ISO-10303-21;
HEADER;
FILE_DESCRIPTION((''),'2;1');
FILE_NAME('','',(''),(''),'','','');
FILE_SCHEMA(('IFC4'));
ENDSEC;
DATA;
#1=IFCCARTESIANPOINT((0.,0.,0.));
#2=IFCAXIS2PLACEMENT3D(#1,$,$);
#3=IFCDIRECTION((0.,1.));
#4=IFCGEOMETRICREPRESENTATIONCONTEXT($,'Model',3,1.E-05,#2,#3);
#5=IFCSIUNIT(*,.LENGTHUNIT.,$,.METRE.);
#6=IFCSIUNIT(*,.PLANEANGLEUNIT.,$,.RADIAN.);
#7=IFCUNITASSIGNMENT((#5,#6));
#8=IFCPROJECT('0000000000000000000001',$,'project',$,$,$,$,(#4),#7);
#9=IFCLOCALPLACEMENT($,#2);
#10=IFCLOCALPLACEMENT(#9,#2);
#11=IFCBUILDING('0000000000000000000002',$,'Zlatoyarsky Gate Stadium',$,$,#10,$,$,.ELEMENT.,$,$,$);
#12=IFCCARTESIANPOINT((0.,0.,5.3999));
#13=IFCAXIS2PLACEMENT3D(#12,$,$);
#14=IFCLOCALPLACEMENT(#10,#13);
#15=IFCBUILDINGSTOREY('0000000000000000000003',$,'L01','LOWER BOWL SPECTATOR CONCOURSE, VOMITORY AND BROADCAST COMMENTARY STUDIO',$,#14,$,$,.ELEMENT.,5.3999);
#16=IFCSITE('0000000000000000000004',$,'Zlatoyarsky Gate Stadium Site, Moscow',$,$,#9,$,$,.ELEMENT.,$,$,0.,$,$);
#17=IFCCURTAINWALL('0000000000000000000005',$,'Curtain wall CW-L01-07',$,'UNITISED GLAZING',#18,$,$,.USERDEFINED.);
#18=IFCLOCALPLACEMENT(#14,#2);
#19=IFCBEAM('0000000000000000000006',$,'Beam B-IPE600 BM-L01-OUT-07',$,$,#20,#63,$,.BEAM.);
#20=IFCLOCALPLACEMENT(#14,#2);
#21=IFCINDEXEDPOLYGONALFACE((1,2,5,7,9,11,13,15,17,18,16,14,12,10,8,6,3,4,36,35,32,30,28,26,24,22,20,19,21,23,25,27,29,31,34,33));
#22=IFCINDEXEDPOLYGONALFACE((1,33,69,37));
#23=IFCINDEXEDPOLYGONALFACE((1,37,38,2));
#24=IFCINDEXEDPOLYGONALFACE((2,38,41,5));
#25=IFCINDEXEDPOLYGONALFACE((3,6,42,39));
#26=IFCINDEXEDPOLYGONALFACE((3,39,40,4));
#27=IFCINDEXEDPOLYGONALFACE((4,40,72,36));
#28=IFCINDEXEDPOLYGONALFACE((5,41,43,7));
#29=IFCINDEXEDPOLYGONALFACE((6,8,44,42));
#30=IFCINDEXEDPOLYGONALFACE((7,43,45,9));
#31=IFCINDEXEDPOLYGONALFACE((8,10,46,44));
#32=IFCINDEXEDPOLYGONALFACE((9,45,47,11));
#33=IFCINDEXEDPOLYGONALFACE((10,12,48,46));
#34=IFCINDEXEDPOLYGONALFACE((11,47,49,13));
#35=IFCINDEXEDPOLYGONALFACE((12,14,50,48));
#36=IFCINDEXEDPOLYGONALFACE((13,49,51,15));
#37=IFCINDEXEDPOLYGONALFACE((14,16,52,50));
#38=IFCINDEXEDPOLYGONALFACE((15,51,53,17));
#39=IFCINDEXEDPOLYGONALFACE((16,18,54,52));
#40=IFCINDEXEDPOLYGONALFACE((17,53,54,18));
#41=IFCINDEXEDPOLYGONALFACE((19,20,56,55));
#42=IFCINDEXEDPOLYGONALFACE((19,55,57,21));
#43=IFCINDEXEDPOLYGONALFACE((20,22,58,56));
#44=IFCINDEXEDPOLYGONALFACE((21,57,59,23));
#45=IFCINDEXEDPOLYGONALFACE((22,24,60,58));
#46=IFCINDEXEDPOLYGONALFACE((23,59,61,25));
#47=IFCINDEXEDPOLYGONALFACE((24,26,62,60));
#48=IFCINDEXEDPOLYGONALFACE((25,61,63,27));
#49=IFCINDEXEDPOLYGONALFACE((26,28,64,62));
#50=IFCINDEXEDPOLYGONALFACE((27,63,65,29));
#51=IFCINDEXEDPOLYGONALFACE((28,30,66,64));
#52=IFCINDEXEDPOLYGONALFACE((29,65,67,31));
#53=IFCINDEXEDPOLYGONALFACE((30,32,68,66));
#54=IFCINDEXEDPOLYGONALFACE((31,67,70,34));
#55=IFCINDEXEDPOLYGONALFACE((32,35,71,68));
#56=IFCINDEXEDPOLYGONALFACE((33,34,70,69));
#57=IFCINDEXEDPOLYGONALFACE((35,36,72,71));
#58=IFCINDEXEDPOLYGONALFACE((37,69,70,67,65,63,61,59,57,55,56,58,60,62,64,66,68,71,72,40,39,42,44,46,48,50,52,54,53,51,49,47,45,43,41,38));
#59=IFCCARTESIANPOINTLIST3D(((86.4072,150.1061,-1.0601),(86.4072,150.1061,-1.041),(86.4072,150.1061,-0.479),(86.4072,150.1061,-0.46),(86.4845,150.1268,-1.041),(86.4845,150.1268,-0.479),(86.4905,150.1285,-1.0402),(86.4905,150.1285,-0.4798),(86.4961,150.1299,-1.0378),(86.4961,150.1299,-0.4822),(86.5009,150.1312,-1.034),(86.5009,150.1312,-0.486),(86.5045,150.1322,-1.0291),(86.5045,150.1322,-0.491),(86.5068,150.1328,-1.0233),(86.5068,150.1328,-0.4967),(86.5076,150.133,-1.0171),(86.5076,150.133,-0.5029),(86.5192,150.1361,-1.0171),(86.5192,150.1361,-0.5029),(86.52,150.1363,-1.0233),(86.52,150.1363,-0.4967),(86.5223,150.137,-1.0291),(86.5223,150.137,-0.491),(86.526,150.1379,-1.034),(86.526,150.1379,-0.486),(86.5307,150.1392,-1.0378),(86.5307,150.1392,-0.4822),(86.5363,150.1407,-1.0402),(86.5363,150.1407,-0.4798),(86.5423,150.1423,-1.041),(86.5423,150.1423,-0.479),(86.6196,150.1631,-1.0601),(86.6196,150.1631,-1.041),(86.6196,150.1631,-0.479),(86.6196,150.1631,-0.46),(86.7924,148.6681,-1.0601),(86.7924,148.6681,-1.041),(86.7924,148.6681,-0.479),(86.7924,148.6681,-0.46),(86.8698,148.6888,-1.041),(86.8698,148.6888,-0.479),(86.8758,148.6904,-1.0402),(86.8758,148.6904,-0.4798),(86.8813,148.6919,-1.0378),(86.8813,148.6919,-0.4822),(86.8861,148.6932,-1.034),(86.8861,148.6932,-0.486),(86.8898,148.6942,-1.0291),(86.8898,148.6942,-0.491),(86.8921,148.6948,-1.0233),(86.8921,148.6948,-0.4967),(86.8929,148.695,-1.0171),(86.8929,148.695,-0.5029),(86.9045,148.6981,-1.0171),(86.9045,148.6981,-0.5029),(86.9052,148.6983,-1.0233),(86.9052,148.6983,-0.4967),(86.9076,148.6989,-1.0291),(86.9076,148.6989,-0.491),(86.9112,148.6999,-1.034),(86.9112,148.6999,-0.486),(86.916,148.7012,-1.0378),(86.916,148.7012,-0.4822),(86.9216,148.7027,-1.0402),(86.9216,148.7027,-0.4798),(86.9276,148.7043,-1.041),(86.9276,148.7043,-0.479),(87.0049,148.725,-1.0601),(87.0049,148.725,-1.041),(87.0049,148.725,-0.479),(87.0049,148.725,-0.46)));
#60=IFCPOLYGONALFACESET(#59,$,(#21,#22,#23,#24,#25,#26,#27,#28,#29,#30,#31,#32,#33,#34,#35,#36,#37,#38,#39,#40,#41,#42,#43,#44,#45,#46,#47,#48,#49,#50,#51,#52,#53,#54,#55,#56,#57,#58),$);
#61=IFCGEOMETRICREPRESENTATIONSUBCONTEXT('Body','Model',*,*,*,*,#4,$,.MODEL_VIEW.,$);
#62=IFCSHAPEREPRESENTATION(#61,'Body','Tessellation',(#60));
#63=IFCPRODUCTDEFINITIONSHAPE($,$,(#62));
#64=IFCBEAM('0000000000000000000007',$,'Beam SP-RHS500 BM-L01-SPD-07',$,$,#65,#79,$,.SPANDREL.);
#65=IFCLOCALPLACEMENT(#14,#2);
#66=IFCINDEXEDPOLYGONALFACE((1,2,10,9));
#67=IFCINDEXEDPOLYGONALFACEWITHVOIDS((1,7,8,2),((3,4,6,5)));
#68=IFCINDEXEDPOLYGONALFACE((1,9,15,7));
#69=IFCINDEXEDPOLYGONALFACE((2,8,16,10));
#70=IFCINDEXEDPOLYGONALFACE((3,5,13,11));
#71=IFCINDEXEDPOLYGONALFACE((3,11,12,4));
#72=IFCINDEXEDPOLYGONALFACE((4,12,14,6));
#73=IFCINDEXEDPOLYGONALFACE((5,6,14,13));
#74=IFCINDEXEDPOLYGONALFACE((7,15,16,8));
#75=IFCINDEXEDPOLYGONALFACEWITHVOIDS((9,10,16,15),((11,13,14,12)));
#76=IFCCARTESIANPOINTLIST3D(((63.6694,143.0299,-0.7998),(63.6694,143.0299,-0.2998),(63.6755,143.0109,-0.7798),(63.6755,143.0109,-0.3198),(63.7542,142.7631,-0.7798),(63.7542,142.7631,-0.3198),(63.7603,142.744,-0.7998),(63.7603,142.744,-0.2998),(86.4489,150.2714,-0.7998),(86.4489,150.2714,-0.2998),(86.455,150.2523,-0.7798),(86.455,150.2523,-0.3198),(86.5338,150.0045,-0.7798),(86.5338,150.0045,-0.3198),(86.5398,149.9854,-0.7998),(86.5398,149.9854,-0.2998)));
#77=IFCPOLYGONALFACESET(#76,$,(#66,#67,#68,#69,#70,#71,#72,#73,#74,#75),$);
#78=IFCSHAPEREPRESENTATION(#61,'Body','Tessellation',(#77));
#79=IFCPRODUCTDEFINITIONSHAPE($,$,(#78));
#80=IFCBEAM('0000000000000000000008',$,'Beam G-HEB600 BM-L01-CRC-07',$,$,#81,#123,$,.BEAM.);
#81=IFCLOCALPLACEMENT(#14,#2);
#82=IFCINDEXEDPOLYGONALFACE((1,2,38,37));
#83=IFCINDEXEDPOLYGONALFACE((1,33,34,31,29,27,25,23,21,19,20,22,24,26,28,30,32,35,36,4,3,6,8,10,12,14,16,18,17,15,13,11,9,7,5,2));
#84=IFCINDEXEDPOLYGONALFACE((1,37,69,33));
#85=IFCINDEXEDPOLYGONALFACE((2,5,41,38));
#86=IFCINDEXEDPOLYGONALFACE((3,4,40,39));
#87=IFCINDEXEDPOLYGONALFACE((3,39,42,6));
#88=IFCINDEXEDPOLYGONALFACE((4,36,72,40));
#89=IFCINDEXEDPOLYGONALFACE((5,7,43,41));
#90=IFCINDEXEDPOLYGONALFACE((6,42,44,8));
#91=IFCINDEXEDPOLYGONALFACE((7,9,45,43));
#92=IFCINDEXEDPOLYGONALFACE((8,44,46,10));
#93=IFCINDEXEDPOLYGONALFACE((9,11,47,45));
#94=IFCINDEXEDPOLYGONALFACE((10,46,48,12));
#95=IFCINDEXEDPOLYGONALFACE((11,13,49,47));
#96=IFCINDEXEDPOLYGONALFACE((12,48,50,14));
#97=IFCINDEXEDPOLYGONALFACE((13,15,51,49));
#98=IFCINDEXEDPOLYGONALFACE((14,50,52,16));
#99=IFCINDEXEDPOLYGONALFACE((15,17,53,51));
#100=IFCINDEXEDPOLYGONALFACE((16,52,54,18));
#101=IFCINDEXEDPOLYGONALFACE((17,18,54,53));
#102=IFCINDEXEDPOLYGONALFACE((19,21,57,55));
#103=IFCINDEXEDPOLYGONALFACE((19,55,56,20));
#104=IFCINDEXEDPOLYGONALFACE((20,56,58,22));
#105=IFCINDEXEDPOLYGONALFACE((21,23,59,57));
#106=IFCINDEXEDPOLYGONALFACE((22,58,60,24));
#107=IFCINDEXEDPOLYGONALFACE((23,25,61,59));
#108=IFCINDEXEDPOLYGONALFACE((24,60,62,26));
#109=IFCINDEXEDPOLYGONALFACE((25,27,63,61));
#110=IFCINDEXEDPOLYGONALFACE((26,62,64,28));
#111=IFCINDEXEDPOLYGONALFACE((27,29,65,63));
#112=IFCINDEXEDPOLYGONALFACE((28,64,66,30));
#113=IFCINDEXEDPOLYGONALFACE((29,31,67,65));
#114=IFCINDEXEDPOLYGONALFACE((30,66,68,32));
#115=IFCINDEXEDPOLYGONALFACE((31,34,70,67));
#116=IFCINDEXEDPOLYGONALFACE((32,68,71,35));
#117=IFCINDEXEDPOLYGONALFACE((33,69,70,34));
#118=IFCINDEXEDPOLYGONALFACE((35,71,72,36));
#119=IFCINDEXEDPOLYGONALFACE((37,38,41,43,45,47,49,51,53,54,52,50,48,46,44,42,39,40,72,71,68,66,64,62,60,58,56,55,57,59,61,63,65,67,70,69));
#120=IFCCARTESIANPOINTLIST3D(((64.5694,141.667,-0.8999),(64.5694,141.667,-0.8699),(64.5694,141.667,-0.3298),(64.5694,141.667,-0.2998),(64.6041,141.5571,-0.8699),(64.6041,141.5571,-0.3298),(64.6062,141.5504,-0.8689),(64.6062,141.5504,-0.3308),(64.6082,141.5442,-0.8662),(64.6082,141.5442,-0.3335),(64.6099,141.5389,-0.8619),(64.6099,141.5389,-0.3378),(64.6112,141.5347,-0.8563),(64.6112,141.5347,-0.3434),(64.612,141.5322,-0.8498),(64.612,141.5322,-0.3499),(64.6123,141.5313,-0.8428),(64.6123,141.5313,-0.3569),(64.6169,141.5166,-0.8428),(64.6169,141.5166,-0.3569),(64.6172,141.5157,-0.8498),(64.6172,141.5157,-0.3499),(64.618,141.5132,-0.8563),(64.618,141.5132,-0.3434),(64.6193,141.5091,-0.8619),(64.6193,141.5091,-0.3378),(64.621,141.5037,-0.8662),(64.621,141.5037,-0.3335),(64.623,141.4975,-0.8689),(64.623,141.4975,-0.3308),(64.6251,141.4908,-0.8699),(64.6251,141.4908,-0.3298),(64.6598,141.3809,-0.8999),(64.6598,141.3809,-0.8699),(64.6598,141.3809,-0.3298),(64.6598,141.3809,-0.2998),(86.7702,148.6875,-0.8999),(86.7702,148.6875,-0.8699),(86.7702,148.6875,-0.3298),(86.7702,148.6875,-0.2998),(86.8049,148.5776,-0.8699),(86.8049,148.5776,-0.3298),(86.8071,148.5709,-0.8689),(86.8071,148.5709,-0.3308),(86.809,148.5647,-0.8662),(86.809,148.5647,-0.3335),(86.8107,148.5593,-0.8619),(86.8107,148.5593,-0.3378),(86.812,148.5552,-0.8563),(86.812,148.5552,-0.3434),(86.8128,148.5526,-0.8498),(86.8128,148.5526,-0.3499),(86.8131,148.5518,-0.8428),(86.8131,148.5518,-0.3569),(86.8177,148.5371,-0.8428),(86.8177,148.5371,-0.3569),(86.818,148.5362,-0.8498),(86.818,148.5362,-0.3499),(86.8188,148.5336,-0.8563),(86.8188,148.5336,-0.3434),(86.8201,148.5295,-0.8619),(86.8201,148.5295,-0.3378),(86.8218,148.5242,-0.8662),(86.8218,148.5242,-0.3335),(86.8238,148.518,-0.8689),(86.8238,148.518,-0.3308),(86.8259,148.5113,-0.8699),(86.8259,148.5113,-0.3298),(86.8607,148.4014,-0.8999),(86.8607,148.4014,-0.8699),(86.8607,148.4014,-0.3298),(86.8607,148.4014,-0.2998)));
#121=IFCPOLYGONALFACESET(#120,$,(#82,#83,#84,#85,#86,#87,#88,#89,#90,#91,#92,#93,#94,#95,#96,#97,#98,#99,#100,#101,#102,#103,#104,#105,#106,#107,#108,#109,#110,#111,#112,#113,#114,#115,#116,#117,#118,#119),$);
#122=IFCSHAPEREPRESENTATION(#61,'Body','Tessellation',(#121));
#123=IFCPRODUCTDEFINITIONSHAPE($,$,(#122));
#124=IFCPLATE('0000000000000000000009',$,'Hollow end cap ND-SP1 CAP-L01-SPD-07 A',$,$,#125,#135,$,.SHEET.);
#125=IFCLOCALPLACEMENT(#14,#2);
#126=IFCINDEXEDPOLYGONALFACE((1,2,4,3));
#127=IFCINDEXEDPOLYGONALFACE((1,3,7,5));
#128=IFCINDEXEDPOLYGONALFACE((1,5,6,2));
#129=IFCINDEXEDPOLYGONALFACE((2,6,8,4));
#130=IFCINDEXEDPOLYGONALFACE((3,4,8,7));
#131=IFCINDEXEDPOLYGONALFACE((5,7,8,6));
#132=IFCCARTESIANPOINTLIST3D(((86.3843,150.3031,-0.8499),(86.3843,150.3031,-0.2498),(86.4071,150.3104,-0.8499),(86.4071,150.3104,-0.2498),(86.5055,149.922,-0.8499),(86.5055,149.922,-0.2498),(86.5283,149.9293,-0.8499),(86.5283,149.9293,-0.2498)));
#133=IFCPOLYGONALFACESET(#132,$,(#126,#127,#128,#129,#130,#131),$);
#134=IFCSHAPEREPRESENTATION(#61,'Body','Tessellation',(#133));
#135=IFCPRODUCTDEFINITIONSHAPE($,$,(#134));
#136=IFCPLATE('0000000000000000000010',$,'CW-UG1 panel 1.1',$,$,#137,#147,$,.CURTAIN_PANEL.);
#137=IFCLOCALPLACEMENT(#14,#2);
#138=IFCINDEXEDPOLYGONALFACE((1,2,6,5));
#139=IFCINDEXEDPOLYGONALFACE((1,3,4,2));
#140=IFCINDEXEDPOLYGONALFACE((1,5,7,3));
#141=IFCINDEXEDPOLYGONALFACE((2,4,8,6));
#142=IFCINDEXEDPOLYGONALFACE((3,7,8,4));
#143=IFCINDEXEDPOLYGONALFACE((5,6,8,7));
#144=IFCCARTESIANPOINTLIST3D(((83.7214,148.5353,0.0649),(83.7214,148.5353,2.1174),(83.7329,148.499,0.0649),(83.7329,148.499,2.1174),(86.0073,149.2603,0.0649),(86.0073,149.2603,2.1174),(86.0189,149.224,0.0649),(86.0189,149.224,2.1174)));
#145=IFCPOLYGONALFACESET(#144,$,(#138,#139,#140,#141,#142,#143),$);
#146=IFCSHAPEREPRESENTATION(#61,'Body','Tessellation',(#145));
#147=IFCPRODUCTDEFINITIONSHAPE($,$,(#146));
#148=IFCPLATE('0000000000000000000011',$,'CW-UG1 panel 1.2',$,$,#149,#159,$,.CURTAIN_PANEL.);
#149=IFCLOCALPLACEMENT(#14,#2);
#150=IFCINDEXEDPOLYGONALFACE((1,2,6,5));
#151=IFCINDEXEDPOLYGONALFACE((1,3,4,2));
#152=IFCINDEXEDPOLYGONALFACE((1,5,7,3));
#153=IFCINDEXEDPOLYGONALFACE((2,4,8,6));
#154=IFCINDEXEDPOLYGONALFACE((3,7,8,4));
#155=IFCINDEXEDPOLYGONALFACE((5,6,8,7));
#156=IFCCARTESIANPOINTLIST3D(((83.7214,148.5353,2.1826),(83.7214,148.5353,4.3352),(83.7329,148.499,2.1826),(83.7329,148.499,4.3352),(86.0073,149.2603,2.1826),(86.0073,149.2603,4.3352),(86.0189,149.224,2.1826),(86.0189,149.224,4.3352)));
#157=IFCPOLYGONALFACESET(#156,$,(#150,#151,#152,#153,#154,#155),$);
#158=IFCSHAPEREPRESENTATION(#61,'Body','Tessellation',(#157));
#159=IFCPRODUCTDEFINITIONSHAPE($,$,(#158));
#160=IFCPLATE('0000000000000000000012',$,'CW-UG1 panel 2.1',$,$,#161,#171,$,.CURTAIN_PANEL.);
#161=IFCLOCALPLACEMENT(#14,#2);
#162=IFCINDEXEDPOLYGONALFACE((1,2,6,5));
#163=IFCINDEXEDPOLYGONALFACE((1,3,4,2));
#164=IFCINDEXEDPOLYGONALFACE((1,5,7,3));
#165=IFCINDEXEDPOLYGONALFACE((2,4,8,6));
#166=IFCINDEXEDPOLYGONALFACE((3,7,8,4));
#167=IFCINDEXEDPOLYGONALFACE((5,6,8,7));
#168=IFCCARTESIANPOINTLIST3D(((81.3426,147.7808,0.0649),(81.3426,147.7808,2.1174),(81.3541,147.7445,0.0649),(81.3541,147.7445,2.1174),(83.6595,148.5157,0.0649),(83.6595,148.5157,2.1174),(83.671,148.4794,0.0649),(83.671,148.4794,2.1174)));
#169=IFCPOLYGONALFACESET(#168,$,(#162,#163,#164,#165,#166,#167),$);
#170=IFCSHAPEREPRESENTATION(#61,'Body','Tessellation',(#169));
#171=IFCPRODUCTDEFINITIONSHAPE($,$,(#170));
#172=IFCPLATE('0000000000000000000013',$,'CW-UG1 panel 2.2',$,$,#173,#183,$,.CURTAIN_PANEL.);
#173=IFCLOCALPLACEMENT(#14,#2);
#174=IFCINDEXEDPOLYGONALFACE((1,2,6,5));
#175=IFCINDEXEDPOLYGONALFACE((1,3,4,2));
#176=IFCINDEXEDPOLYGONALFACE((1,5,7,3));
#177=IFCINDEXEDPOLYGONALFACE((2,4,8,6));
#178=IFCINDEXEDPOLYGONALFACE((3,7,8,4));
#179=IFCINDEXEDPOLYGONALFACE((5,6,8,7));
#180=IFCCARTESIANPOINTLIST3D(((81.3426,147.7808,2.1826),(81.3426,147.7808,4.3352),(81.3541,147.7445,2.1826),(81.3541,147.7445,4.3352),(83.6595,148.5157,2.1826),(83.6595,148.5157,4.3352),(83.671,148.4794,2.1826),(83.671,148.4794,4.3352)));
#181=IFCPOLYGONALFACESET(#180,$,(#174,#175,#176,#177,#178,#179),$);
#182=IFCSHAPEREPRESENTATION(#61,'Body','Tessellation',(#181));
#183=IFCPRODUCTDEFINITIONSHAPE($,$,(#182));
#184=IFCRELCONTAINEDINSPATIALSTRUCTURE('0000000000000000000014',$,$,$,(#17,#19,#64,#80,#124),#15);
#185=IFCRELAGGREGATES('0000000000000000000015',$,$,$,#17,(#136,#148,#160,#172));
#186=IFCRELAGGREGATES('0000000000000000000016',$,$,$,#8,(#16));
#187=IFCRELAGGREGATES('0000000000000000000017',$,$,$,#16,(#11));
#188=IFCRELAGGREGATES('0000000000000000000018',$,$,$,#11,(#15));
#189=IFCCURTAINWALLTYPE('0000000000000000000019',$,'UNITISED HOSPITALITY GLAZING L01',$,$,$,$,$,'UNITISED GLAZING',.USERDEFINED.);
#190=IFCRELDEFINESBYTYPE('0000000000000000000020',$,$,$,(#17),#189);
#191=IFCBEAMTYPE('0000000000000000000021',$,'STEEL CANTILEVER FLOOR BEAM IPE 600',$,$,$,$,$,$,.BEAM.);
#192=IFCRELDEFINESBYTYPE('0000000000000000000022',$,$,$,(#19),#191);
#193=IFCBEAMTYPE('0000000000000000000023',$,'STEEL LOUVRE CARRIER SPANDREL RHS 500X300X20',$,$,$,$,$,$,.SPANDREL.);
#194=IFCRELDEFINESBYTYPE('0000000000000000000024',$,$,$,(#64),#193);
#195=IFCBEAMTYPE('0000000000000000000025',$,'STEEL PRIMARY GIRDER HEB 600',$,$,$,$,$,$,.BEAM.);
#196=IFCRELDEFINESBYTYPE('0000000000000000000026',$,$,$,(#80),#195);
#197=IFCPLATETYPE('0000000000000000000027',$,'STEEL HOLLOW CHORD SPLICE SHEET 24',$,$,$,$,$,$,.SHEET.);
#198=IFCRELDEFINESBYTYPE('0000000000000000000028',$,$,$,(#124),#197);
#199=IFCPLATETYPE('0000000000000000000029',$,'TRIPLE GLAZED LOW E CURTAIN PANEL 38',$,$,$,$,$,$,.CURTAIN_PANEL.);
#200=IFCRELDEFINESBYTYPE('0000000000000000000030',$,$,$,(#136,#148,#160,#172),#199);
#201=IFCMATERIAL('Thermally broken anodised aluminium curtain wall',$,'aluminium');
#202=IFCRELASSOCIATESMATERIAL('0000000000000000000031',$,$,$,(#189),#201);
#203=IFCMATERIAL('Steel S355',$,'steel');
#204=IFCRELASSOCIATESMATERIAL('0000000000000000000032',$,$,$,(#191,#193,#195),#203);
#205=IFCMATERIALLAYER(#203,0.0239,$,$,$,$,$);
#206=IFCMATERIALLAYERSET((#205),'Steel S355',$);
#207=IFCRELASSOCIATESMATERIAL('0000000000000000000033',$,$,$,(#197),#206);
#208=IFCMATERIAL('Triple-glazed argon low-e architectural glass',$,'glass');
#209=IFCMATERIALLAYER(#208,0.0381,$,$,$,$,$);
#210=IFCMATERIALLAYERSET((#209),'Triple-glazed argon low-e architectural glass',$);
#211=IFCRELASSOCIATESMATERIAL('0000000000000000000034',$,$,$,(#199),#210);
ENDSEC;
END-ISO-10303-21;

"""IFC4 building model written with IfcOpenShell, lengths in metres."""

from ifc_helpers import new_model, si_unit, direction, frame, origin, origin_2d, place, context, subcontext, project, spatial, rectangle, hollow_rectangle, i_section, extrude, material, layer, layer_set, material_profile, profile_set, type_object, element, aggregate, save


model = new_model("IFC4")

# Units and contexts
model_context = context("Model", 3, precision=1e-05, world=origin(), true_north=direction((0.0, 1.0)))
body_context = subcontext(model_context, "Body", "Model", "MODEL_VIEW")
ifc_project = project(units=[si_unit("LENGTHUNIT", "METRE"), si_unit("PLANEANGLEUNIT", "RADIAN")], contexts=[model_context])

# Site, building, storey
site_placement = place(None, origin())
site = spatial("IfcSite", under=ifc_project, at=site_placement, Name="Zlatoyarsky Gate Stadium Site, Moscow", CompositionType="ELEMENT", RefElevation=0.0)
building_placement = place(site_placement, origin())
building = spatial("IfcBuilding", under=site, at=building_placement, Name="Zlatoyarsky Gate Stadium", CompositionType="ELEMENT")
storey_placement = place(building_placement, frame((0.0, 0.0, 5.3999)))
storey = spatial("IfcBuildingStorey", under=building, at=storey_placement, Name="L01", Description="LOWER BOWL SPECTATOR CONCOURSE, VOMITORY AND BROADCAST COMMENTARY STUDIO", CompositionType="ELEMENT", Elevation=5.3999)

# Curtain wall
ifc_material_1 = material(Name="Thermally broken anodised aluminium curtain wall", Category="aluminium")
curtain_wall_type = type_object("IfcCurtainWallType", Name="UNITISED HOSPITALITY GLAZING L01", ElementType="UNITISED GLAZING", PredefinedType="USERDEFINED", material=ifc_material_1)
curtain_wall_placement = place(storey_placement, origin())
curtain_wall = element("IfcCurtainWall", 1, at=curtain_wall_placement, inside=storey, type_object=curtain_wall_type, Name="Curtain wall CW-L01-07", ObjectType="UNITISED GLAZING", PredefinedType="USERDEFINED")

# Beams
ifc_material_2 = material(Name="Steel S355", Category="steel")
ifc_material_profile_1 = material_profile(ifc_material_2, i_section(OverallWidth=0.22, OverallDepth=0.6001, WebThickness=0.012, FlangeThickness=0.019, FilletRadius=0.0239, at=origin_2d()), Name="IPE 600")
ifc_profile_set_1 = profile_set([ifc_material_profile_1], Name="Steel S355")
beam_type_1 = type_object("IfcBeamType", Name="STEEL CANTILEVER FLOOR BEAM IPE 600", PredefinedType="BEAM", material=ifc_profile_set_1)
beam_1_placement = place(storey_placement, frame((86.8987, 148.6965, -0.76), z_axis=(-0.258785, 0.965935, 0.0), x_axis=(-0.965935, -0.258785, 0.0)))
element("IfcBeam", 2, at=beam_1_placement, inside=storey, type_object=beam_type_1, Name="Beam B-IPE600 BM-L01-OUT-07", PredefinedType="BEAM", context=body_context, shape_type="SweptSolid", body=[
    extrude(i_section(OverallWidth=0.22, OverallDepth=0.6001, WebThickness=0.012, FlangeThickness=0.019, FilletRadius=0.0239, at=origin_2d()), origin(), (0.0, 0.0, 1.0), 1.4888),
])
ifc_material_profile_2 = material_profile(ifc_material_2, hollow_rectangle(XDim=0.3, YDim=0.5, WallThickness=0.02, at=origin_2d()), Name="RHS 500X300X20")
ifc_profile_set_2 = profile_set([ifc_material_profile_2], Name="Steel S355")
beam_type_2 = type_object("IfcBeamType", Name="STEEL LOUVRE CARRIER SPANDREL RHS 500X300X20", PredefinedType="SPANDREL", material=ifc_profile_set_2)
beam_2_placement = place(storey_placement, frame((86.4944, 150.1284, -0.5498), z_axis=(-0.953005, -0.302954, 0.0), x_axis=(0.302954, -0.953005, 0.0)))
element("IfcBeam", 3, at=beam_2_placement, inside=storey, type_object=beam_type_2, Name="Beam SP-RHS500 BM-L01-SPD-07", PredefinedType="SPANDREL", context=body_context, shape_type="SweptSolid", body=[
    extrude(hollow_rectangle(XDim=0.3, YDim=0.5, WallThickness=0.02, at=origin_2d()), origin(), (0.0, 0.0, 1.0), 23.9028),
])
ifc_material_profile_3 = material_profile(ifc_material_2, i_section(OverallWidth=0.3, OverallDepth=0.6001, WebThickness=0.0154, FlangeThickness=0.03, FilletRadius=0.0271, at=origin_2d()), Name="HEB 600")
ifc_profile_set_3 = profile_set([ifc_material_profile_3], Name="Steel S355")
beam_type_3 = type_object("IfcBeamType", Name="STEEL PRIMARY GIRDER HEB 600", PredefinedType="BEAM", material=ifc_profile_set_3)
beam_3_placement = place(storey_placement, frame((86.8154, 148.5444, -0.5999), z_axis=(-0.953463, -0.30151, 0.0), x_axis=(0.30151, -0.953463, 0.0)))
element("IfcBeam", 4, at=beam_3_placement, inside=storey, type_object=beam_type_3, Name="Beam G-HEB600 BM-L01-CRC-07", PredefinedType="BEAM", context=body_context, shape_type="SweptSolid", body=[
    extrude(i_section(OverallWidth=0.3, OverallDepth=0.6001, WebThickness=0.0154, FlangeThickness=0.03, FilletRadius=0.0271, at=origin_2d()), origin(), (0.0, 0.0, 1.0), 23.2844),
])

# Plates
ifc_layer_1 = layer(ifc_material_2, 0.0239)
ifc_layer_set_1 = layer_set([ifc_layer_1], Name="Steel S355")
plate_type_1 = type_object("IfcPlateType", Name="STEEL HOLLOW CHORD SPLICE SHEET 24", PredefinedType="SHEET", material=ifc_layer_set_1)
plate_1_placement = place(storey_placement, frame((86.4563, 150.1162, -0.8499), z_axis=(0.0, 0.0, 1.0), x_axis=(-0.953005, -0.302954, 0.0)))
element("IfcPlate", 5, at=plate_1_placement, inside=storey, type_object=plate_type_1, Name="Hollow end cap ND-SP1 CAP-L01-SPD-07 A", PredefinedType="SHEET", context=body_context, shape_type="SweptSolid", body=[
    extrude(rectangle(XDim=0.0239, YDim=0.3999, at=origin_2d()), origin(), (0.0, 0.0, 1.0), 0.6001),
])
ifc_material_3 = material(Name="Triple-glazed argon low-e architectural glass", Category="glass")
ifc_layer_2 = layer(ifc_material_3, 0.0381)
ifc_layer_set_2 = layer_set([ifc_layer_2], Name="Triple-glazed argon low-e architectural glass")
plate_type_2 = type_object("IfcPlateType", Name="TRIPLE GLAZED LOW E CURTAIN PANEL 38", PredefinedType="CURTAIN_PANEL", material=ifc_layer_set_2)
plate_2_placement = place(storey_placement, frame((84.8701, 148.8796, 0.0649), z_axis=(0.0, 0.0, 1.0), x_axis=(-0.953202, -0.302335, 0.0)))
plate_2 = element("IfcPlate", 6, at=plate_2_placement, type_object=plate_type_2, Name="CW-UG1 panel 1.1", PredefinedType="CURTAIN_PANEL", context=body_context, shape_type="SweptSolid", body=[
    extrude(rectangle(XDim=2.3982, YDim=0.0381, at=origin_2d()), origin(), (0.0, 0.0, 1.0), 2.0525),
])
plate_3_placement = place(storey_placement, frame((84.8701, 148.8796, 2.1826), z_axis=(0.0, 0.0, 1.0), x_axis=(-0.953202, -0.302335, 0.0)))
plate_3 = element("IfcPlate", 7, at=plate_3_placement, type_object=plate_type_2, Name="CW-UG1 panel 1.2", PredefinedType="CURTAIN_PANEL", context=body_context, shape_type="SweptSolid", body=[
    extrude(rectangle(XDim=2.3982, YDim=0.0381, at=origin_2d()), origin(), (0.0, 0.0, 1.0), 2.1526),
])
plate_4_placement = place(storey_placement, frame((82.5068, 148.1301, 0.0649), z_axis=(0.0, 0.0, 1.0), x_axis=(-0.953202, -0.302335, 0.0)))
plate_4 = element("IfcPlate", 8, at=plate_4_placement, type_object=plate_type_2, Name="CW-UG1 panel 2.1", PredefinedType="CURTAIN_PANEL", context=body_context, shape_type="SweptSolid", body=[
    extrude(rectangle(XDim=2.4307, YDim=0.0381, at=origin_2d()), origin(), (0.0, 0.0, 1.0), 2.0525),
])
plate_5_placement = place(storey_placement, frame((82.5068, 148.1301, 2.1826), z_axis=(0.0, 0.0, 1.0), x_axis=(-0.953202, -0.302335, 0.0)))
plate_5 = element("IfcPlate", 9, at=plate_5_placement, type_object=plate_type_2, Name="CW-UG1 panel 2.2", PredefinedType="CURTAIN_PANEL", context=body_context, shape_type="SweptSolid", body=[
    extrude(rectangle(XDim=2.4307, YDim=0.0381, at=origin_2d()), origin(), (0.0, 0.0, 1.0), 2.1526),
])
aggregate(curtain_wall, [plate_2, plate_3, plate_4, plate_5])

save(model, "model.ifc")
